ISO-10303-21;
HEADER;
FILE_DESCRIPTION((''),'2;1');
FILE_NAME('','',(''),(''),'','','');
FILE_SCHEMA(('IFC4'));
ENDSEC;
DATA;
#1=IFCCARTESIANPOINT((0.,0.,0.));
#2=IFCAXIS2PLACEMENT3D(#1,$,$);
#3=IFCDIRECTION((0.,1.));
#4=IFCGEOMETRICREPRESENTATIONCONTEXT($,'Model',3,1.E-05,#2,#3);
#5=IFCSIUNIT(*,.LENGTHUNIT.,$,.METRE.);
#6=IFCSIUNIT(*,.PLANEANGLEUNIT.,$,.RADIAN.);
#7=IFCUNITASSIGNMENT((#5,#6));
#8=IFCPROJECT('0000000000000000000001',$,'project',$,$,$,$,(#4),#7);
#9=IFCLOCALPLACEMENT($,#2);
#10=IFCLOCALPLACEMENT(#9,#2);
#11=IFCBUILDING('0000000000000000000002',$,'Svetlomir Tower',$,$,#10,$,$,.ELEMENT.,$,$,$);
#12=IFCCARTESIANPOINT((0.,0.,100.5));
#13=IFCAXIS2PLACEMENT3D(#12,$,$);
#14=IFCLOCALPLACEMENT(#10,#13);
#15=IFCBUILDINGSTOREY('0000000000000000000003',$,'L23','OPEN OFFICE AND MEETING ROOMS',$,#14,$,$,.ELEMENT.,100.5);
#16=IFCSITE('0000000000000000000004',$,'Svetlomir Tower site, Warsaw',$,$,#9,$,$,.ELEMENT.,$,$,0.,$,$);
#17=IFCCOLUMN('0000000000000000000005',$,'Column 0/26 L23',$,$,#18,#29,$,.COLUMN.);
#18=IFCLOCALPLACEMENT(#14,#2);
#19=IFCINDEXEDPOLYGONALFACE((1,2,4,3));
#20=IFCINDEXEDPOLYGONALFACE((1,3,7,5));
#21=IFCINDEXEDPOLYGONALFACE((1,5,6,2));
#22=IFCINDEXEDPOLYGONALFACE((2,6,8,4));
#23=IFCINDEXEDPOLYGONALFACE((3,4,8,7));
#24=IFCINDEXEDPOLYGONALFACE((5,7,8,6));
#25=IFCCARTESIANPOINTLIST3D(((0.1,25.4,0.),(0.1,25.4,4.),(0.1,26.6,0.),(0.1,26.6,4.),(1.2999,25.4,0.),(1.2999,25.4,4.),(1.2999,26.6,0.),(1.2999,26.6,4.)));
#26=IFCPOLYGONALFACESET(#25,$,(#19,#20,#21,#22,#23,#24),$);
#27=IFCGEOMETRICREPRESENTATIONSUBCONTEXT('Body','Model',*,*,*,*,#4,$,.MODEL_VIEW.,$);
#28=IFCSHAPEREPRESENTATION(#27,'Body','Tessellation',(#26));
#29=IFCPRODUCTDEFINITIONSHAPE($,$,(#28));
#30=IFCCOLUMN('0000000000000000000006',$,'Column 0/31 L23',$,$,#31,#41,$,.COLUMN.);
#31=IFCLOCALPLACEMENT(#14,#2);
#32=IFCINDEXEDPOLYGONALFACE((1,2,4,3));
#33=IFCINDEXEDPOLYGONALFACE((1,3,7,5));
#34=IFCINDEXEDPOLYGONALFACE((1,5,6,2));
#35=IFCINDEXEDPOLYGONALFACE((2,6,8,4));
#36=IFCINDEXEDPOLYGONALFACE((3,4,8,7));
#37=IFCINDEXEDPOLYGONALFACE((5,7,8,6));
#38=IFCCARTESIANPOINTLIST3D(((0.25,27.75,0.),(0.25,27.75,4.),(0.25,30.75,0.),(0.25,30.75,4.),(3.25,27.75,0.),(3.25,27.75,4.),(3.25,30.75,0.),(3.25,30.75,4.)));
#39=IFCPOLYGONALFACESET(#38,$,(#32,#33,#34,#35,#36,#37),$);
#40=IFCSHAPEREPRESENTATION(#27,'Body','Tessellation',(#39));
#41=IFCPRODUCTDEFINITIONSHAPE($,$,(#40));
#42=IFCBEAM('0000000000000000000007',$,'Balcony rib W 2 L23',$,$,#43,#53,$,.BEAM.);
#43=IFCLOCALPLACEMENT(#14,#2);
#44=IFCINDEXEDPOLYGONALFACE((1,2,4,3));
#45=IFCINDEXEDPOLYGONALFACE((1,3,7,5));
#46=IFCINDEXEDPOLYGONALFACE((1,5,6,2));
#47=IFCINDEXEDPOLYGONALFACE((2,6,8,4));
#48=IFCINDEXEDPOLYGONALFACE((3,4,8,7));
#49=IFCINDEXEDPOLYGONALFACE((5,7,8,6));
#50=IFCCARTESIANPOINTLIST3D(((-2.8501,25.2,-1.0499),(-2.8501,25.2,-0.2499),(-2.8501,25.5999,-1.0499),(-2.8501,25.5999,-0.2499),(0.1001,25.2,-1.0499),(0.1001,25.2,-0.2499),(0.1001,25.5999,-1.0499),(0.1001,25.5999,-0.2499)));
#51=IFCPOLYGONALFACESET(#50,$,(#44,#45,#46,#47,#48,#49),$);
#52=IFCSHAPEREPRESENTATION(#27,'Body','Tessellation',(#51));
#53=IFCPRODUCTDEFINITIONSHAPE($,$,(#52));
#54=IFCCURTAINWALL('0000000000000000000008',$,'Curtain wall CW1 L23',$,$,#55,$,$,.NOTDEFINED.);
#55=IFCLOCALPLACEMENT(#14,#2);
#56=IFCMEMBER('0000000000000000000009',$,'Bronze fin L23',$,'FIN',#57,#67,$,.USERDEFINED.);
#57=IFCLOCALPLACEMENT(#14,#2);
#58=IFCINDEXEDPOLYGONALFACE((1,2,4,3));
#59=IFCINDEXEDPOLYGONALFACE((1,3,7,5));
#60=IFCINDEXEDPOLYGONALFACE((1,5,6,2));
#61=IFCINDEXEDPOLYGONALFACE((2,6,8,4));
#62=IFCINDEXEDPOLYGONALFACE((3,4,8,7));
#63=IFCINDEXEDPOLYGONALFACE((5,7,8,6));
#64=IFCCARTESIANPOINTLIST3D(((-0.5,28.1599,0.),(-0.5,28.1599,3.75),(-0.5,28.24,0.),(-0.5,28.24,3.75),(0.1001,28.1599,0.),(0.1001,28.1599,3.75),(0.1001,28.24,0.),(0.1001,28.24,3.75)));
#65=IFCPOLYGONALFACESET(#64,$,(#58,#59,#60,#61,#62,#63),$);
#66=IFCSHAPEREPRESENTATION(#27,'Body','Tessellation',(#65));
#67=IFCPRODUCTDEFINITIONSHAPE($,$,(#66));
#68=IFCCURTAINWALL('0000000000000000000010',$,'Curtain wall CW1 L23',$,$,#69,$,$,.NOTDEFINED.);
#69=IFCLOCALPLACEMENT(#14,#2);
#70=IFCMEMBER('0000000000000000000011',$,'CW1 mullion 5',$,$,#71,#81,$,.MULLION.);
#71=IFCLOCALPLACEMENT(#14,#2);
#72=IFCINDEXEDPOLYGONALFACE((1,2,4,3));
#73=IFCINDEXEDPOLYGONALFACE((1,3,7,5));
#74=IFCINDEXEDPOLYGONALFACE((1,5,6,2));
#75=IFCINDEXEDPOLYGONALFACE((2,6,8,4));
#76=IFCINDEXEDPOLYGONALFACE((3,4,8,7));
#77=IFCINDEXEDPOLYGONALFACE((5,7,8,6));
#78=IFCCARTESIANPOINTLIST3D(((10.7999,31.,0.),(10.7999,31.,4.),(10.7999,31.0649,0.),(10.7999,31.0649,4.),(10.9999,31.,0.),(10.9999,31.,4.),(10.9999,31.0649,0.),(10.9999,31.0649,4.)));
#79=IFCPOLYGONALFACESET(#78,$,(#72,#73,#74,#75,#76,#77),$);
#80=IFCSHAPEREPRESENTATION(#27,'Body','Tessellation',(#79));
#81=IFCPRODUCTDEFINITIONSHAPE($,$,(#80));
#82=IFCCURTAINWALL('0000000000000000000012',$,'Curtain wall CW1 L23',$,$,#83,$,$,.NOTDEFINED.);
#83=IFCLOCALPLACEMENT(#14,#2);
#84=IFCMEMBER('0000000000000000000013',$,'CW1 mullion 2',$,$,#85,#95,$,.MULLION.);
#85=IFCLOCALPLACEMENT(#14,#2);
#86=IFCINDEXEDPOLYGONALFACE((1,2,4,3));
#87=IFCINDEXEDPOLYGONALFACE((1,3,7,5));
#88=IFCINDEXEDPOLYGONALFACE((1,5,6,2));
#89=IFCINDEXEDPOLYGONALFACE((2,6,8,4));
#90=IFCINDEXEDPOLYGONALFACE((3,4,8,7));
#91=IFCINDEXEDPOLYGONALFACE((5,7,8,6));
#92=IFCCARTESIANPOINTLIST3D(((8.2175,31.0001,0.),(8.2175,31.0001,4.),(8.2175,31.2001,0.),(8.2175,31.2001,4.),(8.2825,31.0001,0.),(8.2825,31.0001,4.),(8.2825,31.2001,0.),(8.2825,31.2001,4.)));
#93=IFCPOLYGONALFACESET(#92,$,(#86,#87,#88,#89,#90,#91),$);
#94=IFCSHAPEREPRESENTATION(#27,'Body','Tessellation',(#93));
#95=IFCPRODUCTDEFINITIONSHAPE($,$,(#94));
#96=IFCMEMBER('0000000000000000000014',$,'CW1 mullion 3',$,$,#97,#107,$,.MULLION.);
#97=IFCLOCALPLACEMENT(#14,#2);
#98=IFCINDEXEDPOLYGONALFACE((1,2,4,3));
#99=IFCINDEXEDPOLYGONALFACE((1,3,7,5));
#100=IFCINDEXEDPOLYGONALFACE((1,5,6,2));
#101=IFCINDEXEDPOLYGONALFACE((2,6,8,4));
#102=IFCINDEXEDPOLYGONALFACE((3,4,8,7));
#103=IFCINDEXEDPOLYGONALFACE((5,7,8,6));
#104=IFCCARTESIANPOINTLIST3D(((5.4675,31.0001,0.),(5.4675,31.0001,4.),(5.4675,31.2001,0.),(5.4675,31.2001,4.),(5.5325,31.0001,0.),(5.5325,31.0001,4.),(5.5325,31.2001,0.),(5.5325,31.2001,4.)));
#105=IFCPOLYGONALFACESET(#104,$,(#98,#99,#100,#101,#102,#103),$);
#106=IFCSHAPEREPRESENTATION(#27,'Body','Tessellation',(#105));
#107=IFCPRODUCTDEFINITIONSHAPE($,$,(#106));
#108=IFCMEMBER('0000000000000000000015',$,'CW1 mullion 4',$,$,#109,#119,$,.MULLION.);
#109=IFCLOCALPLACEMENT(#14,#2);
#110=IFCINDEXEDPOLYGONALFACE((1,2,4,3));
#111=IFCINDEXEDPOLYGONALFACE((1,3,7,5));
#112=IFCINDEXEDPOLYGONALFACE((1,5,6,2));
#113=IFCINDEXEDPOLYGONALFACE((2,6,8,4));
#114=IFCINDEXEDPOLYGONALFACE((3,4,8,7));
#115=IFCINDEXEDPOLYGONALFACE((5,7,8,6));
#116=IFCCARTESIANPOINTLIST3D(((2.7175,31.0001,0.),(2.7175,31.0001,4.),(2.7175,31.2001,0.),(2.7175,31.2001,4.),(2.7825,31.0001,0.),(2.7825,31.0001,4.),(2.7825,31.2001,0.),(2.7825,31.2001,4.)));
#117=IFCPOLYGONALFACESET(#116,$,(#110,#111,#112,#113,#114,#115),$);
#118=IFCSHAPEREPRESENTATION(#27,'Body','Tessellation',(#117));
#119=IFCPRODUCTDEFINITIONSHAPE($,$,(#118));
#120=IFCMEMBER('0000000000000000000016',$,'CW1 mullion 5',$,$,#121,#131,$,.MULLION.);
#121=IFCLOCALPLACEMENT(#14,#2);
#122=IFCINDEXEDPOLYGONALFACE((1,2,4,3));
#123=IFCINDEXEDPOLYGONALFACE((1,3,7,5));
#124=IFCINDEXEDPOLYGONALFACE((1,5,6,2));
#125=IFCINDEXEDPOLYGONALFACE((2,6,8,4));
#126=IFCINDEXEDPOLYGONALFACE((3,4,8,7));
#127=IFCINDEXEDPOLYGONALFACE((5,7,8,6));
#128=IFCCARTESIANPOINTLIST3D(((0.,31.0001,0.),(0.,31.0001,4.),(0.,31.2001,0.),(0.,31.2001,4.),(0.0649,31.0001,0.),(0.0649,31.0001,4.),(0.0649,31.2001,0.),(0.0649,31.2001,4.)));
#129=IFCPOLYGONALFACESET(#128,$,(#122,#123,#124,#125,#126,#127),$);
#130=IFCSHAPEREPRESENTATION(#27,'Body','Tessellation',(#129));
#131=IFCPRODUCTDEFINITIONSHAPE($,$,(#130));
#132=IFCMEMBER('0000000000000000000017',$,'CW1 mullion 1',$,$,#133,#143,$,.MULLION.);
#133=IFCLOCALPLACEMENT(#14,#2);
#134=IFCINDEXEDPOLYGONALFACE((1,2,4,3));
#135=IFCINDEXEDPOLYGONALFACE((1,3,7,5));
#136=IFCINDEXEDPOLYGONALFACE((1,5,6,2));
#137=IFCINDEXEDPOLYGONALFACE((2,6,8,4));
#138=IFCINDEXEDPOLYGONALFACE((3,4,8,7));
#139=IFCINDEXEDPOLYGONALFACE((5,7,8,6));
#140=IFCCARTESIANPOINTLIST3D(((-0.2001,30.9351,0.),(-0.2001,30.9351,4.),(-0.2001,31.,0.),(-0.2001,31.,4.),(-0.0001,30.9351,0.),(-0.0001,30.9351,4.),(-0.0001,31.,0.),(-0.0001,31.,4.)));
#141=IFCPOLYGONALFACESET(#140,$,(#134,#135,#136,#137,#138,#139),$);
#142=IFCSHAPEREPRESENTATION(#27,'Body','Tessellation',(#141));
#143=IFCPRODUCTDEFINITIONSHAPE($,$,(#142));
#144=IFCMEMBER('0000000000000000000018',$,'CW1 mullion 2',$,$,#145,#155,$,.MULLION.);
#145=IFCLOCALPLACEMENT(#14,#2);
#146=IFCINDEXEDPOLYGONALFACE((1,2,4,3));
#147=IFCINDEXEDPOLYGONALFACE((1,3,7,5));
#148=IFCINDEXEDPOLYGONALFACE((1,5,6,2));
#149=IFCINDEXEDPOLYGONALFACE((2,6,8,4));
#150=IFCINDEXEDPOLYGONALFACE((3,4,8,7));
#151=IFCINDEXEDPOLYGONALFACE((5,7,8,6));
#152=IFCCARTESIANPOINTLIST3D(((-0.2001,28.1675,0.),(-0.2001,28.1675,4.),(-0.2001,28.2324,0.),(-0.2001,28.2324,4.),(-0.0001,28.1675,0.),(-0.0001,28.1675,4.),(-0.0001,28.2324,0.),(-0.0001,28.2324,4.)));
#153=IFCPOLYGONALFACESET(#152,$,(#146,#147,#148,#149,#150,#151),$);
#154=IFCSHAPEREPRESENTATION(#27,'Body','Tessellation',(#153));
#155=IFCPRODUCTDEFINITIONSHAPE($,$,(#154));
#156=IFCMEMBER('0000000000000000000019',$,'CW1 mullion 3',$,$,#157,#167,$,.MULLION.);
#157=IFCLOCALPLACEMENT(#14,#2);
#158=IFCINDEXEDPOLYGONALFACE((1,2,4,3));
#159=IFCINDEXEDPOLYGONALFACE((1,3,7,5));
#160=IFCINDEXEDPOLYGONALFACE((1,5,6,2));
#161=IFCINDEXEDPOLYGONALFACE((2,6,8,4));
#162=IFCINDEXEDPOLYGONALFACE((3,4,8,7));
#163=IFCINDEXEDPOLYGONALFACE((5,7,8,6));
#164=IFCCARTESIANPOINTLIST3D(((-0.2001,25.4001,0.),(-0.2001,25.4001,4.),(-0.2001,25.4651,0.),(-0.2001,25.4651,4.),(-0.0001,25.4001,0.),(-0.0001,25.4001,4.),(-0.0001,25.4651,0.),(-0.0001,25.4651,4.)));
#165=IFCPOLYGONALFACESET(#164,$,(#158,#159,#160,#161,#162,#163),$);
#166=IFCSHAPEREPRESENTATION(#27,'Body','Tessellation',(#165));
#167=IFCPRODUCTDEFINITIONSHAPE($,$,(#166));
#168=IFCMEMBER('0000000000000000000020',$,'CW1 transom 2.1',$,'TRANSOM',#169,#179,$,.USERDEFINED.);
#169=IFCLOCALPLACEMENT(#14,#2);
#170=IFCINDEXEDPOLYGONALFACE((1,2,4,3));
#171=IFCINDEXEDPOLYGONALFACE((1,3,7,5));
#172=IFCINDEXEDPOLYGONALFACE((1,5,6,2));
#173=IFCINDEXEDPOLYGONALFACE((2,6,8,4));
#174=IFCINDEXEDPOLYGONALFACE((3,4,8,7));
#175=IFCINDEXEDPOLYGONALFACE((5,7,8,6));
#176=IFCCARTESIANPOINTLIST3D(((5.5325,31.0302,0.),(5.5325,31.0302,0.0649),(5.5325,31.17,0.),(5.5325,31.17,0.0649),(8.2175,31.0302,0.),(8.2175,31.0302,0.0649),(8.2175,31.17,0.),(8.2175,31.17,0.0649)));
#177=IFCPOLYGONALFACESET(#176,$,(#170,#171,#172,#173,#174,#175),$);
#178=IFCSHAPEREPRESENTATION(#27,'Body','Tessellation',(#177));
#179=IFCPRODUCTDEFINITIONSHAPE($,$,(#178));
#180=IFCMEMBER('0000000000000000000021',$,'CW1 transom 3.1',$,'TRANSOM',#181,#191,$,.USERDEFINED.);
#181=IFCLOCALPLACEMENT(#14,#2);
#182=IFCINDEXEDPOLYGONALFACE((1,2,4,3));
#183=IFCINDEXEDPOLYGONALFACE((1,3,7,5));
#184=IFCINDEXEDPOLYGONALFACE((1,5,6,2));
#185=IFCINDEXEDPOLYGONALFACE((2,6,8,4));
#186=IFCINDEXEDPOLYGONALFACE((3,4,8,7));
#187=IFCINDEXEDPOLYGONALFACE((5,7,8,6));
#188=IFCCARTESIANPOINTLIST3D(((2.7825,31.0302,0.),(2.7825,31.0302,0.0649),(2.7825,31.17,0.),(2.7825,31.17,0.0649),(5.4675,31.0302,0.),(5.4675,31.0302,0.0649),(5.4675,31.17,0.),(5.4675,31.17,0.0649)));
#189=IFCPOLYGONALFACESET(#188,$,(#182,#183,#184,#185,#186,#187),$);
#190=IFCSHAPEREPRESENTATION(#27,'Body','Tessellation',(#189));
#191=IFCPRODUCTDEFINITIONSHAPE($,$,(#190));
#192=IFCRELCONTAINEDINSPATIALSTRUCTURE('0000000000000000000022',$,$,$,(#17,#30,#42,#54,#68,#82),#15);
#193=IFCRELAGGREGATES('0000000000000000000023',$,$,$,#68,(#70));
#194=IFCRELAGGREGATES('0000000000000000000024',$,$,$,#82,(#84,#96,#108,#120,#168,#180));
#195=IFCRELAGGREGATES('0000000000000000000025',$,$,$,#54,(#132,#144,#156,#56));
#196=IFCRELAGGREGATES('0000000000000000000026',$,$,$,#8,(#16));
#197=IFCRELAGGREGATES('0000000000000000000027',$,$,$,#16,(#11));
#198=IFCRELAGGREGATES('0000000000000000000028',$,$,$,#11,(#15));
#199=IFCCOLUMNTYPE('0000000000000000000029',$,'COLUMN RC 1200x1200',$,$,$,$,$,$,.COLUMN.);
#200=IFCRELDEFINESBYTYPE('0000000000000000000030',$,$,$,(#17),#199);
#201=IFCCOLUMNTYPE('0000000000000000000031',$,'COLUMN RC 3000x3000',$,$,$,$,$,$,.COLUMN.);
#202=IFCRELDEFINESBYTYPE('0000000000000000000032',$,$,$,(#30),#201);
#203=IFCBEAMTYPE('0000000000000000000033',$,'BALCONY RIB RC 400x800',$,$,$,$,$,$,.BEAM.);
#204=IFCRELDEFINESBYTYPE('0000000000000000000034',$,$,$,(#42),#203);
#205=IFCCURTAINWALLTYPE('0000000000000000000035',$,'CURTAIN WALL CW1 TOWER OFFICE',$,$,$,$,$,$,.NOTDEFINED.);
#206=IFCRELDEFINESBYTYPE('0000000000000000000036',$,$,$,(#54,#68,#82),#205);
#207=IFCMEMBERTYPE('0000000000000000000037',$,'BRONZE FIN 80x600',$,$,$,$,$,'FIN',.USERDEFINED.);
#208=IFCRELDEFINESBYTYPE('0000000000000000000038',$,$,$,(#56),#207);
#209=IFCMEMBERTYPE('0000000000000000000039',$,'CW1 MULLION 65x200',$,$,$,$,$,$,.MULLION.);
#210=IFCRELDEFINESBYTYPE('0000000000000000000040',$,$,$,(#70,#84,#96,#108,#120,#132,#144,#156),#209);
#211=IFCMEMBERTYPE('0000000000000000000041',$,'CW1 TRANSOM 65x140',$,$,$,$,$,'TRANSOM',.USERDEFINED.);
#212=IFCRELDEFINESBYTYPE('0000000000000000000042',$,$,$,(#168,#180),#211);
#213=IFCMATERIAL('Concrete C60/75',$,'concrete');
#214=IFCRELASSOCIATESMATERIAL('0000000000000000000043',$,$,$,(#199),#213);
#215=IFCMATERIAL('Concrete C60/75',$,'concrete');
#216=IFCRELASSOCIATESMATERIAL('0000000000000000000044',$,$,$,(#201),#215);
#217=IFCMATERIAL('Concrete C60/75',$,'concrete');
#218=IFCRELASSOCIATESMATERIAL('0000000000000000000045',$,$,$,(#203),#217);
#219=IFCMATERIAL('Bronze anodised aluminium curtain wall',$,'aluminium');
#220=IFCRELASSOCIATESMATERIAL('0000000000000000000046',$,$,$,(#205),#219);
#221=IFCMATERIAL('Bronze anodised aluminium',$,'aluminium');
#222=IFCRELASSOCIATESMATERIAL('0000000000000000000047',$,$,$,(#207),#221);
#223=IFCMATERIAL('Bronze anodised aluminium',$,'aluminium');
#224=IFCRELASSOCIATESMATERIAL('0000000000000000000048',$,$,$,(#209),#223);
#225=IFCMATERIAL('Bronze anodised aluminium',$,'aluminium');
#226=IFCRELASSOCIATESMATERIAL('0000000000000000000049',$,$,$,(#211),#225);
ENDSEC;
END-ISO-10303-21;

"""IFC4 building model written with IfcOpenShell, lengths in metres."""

from ifc_helpers import new_model, si_unit, direction, frame, origin, origin_2d, place, context, subcontext, project, spatial, rectangle, extrude, material, material_profile, profile_set, type_object, element, aggregate, save


model = new_model("IFC4")

# Units and contexts
model_context = context("Model", 3, precision=1e-05, world=origin(), true_north=direction((0.0, 1.0)))
body_context = subcontext(model_context, "Body", "Model", "MODEL_VIEW")
ifc_project = project(units=[si_unit("LENGTHUNIT", "METRE"), si_unit("PLANEANGLEUNIT", "RADIAN")], contexts=[model_context])

# Site, building, storey
site_placement = place(None, origin())
site = spatial("IfcSite", under=ifc_project, at=site_placement, Name="Svetlomir Tower site, Warsaw", CompositionType="ELEMENT", RefElevation=0.0)
building_placement = place(site_placement, origin())
building = spatial("IfcBuilding", under=site, at=building_placement, Name="Svetlomir Tower", CompositionType="ELEMENT")
storey_placement = place(building_placement, frame((0.0, 0.0, 100.5)))
storey = spatial("IfcBuildingStorey", under=building, at=storey_placement, Name="L23", Description="OPEN OFFICE AND MEETING ROOMS", CompositionType="ELEMENT", Elevation=100.5)

# Columns
ifc_material_1 = material(Name="Concrete C60/75", Category="concrete")
ifc_material_profile_1 = material_profile(ifc_material_1, rectangle(XDim=1.2, YDim=1.2, at=origin_2d()), Name="RC 1200x1200")
ifc_profile_set_1 = profile_set([ifc_material_profile_1], Name="Concrete C60/75")
column_type_1 = type_object("IfcColumnType", Name="COLUMN RC 1200x1200", PredefinedType="COLUMN", material=ifc_profile_set_1)
column_1_placement = place(storey_placement, frame((0.7, 26.0, 0.0), z_axis=(0.0, 0.0, 1.0), x_axis=(1.0, 0.0, 0.0)))
element("IfcColumn", 1, at=column_1_placement, inside=storey, type_object=column_type_1, Name="Column 0/26 L23", PredefinedType="COLUMN", context=body_context, shape_type="SweptSolid", body=[
    extrude(rectangle(XDim=1.2, YDim=1.2, at=origin_2d()), origin(), (0.0, 0.0, 1.0), 4.0),
])
ifc_material_2 = material(Name="Concrete C60/75", Category="concrete")
ifc_material_profile_2 = material_profile(ifc_material_2, rectangle(XDim=3.0, YDim=3.0, at=origin_2d()), Name="RC 3000x3000")
ifc_profile_set_2 = profile_set([ifc_material_profile_2], Name="Concrete C60/75")
column_type_2 = type_object("IfcColumnType", Name="COLUMN RC 3000x3000", PredefinedType="COLUMN", material=ifc_profile_set_2)
column_2_placement = place(storey_placement, frame((1.75, 29.25, 0.0), z_axis=(0.0, 0.0, 1.0), x_axis=(1.0, 0.0, 0.0)))
element("IfcColumn", 2, at=column_2_placement, inside=storey, type_object=column_type_2, Name="Column 0/31 L23", PredefinedType="COLUMN", context=body_context, shape_type="SweptSolid", body=[
    extrude(rectangle(XDim=3.0, YDim=3.0, at=origin_2d()), origin(), (0.0, 0.0, 1.0), 4.0),
])

# Beam
ifc_material_3 = material(Name="Concrete C60/75", Category="concrete")
ifc_material_profile_3 = material_profile(ifc_material_3, rectangle(XDim=0.3999, YDim=0.8, at=origin_2d()), Name="RC 400x800")
ifc_profile_set_3 = profile_set([ifc_material_profile_3], Name="Concrete C60/75")
beam_type_1 = type_object("IfcBeamType", Name="BALCONY RIB RC 400x800", PredefinedType="BEAM", material=ifc_profile_set_3)
beam_1_placement = place(storey_placement, frame((0.1001, 25.3999, -0.6499), z_axis=(-1.0, 0.0, 0.0), x_axis=(0.0, -1.0, 0.0)))
element("IfcBeam", 3, at=beam_1_placement, inside=storey, type_object=beam_type_1, Name="Balcony rib W 2 L23", PredefinedType="BEAM", context=body_context, shape_type="SweptSolid", body=[
    extrude(rectangle(XDim=0.3999, YDim=0.8, at=origin_2d()), origin(), (0.0, 0.0, 1.0), 2.9502),
])

# Curtain walls, members
ifc_material_4 = material(Name="Bronze anodised aluminium curtain wall", Category="aluminium")
curtain_wall_type = type_object("IfcCurtainWallType", Name="CURTAIN WALL CW1 TOWER OFFICE", PredefinedType="NOTDEFINED", material=ifc_material_4)
curtain_wall_1_placement = place(storey_placement, origin())
curtain_wall_1 = element("IfcCurtainWall", 4, at=curtain_wall_1_placement, inside=storey, type_object=curtain_wall_type, Name="Curtain wall CW1 L23", PredefinedType="NOTDEFINED")
ifc_material_5 = material(Name="Bronze anodised aluminium", Category="aluminium")
ifc_material_profile_4 = material_profile(ifc_material_5, rectangle(XDim=0.0801, YDim=0.6001, at=origin_2d()), Name="FIN 80x600")
ifc_profile_set_4 = profile_set([ifc_material_profile_4], Name="Bronze anodised aluminium 6063-T6")
member_type_1 = type_object("IfcMemberType", Name="BRONZE FIN 80x600", ElementType="FIN", PredefinedType="USERDEFINED", material=ifc_profile_set_4)
member_1_placement = place(storey_placement, frame((-0.2, 28.2, 0.0), z_axis=(0.0, 0.0, 1.0), x_axis=(0.0, 1.0, 0.0)))
member_1 = element("IfcMember", 5, at=member_1_placement, type_object=member_type_1, Name="Bronze fin L23", ObjectType="FIN", PredefinedType="USERDEFINED", context=body_context, shape_type="SweptSolid", body=[
    extrude(rectangle(XDim=0.0801, YDim=0.6001, at=origin_2d()), origin(), (0.0, 0.0, 1.0), 3.75),
])
curtain_wall_2_placement = place(storey_placement, origin())
curtain_wall_2 = element("IfcCurtainWall", 6, at=curtain_wall_2_placement, inside=storey, type_object=curtain_wall_type, Name="Curtain wall CW1 L23", PredefinedType="NOTDEFINED")
ifc_material_6 = material(Name="Bronze anodised aluminium", Category="aluminium")
ifc_material_profile_5 = material_profile(ifc_material_6, rectangle(XDim=0.0649, YDim=0.2, at=origin_2d()), Name="AL 65x200")
ifc_profile_set_5 = profile_set([ifc_material_profile_5], Name="Bronze anodised aluminium 6063-T6")
member_type_2 = type_object("IfcMemberType", Name="CW1 MULLION 65x200", PredefinedType="MULLION", material=ifc_profile_set_5)
member_2_placement = place(storey_placement, frame((10.8999, 31.0325, 0.0), z_axis=(0.0, 0.0, 1.0), x_axis=(0.0, -1.0, 0.0)))
member_2 = element("IfcMember", 7, at=member_2_placement, type_object=member_type_2, Name="CW1 mullion 5", PredefinedType="MULLION", context=body_context, shape_type="SweptSolid", body=[
    extrude(rectangle(XDim=0.0649, YDim=0.2, at=origin_2d()), origin(), (0.0, 0.0, 1.0), 4.0),
])
aggregate(curtain_wall_2, [member_2])

# Curtain wall, members
curtain_wall_3_placement = place(storey_placement, origin())
curtain_wall_3 = element("IfcCurtainWall", 8, at=curtain_wall_3_placement, inside=storey, type_object=curtain_wall_type, Name="Curtain wall CW1 L23", PredefinedType="NOTDEFINED")
member_3_placement = place(storey_placement, frame((8.25, 31.1001, 0.0), z_axis=(0.0, 0.0, 1.0), x_axis=(-1.0, 0.0, 0.0)))
member_3 = element("IfcMember", 9, at=member_3_placement, type_object=member_type_2, Name="CW1 mullion 2", PredefinedType="MULLION", context=body_context, shape_type="SweptSolid", body=[
    extrude(rectangle(XDim=0.0649, YDim=0.2, at=origin_2d()), origin(), (0.0, 0.0, 1.0), 4.0),
])
member_4_placement = place(storey_placement, frame((5.5, 31.1001, 0.0), z_axis=(0.0, 0.0, 1.0), x_axis=(-1.0, 0.0, 0.0)))
member_4 = element("IfcMember", 10, at=member_4_placement, type_object=member_type_2, Name="CW1 mullion 3", PredefinedType="MULLION", context=body_context, shape_type="SweptSolid", body=[
    extrude(rectangle(XDim=0.0649, YDim=0.2, at=origin_2d()), origin(), (0.0, 0.0, 1.0), 4.0),
])
member_5_placement = place(storey_placement, frame((2.75, 31.1001, 0.0), z_axis=(0.0, 0.0, 1.0), x_axis=(-1.0, 0.0, 0.0)))
member_5 = element("IfcMember", 11, at=member_5_placement, type_object=member_type_2, Name="CW1 mullion 4", PredefinedType="MULLION", context=body_context, shape_type="SweptSolid", body=[
    extrude(rectangle(XDim=0.0649, YDim=0.2, at=origin_2d()), origin(), (0.0, 0.0, 1.0), 4.0),
])
member_6_placement = place(storey_placement, frame((0.0325, 31.1001, 0.0), z_axis=(0.0, 0.0, 1.0), x_axis=(-1.0, 0.0, 0.0)))
member_6 = element("IfcMember", 12, at=member_6_placement, type_object=member_type_2, Name="CW1 mullion 5", PredefinedType="MULLION", context=body_context, shape_type="SweptSolid", body=[
    extrude(rectangle(XDim=0.0649, YDim=0.2, at=origin_2d()), origin(), (0.0, 0.0, 1.0), 4.0),
])

# Members
member_7_placement = place(storey_placement, frame((-0.1001, 30.9675, 0.0), z_axis=(0.0, 0.0, 1.0), x_axis=(0.0, -1.0, 0.0)))
member_7 = element("IfcMember", 13, at=member_7_placement, type_object=member_type_2, Name="CW1 mullion 1", PredefinedType="MULLION", context=body_context, shape_type="SweptSolid", body=[
    extrude(rectangle(XDim=0.0649, YDim=0.2, at=origin_2d()), origin(), (0.0, 0.0, 1.0), 4.0),
])
member_8_placement = place(storey_placement, frame((-0.1001, 28.2, 0.0), z_axis=(0.0, 0.0, 1.0), x_axis=(0.0, -1.0, 0.0)))
member_8 = element("IfcMember", 14, at=member_8_placement, type_object=member_type_2, Name="CW1 mullion 2", PredefinedType="MULLION", context=body_context, shape_type="SweptSolid", body=[
    extrude(rectangle(XDim=0.0649, YDim=0.2, at=origin_2d()), origin(), (0.0, 0.0, 1.0), 4.0),
])
member_9_placement = place(storey_placement, frame((-0.1001, 25.4326, 0.0), z_axis=(0.0, 0.0, 1.0), x_axis=(0.0, -1.0, 0.0)))
member_9 = element("IfcMember", 15, at=member_9_placement, type_object=member_type_2, Name="CW1 mullion 3", PredefinedType="MULLION", context=body_context, shape_type="SweptSolid", body=[
    extrude(rectangle(XDim=0.0649, YDim=0.2, at=origin_2d()), origin(), (0.0, 0.0, 1.0), 4.0),
])
ifc_material_7 = material(Name="Bronze anodised aluminium", Category="aluminium")
ifc_material_profile_6 = material_profile(ifc_material_7, rectangle(XDim=0.1399, YDim=0.0649, at=origin_2d()), Name="AL 140x65")
ifc_profile_set_6 = profile_set([ifc_material_profile_6], Name="Bronze anodised aluminium 6063-T6")
member_type_3 = type_object("IfcMemberType", Name="CW1 TRANSOM 65x140", ElementType="TRANSOM", PredefinedType="USERDEFINED", material=ifc_profile_set_6)
member_10_placement = place(storey_placement, frame((8.2175, 31.1001, 0.0325), z_axis=(-1.0, 0.0, 0.0), x_axis=(0.0, -1.0, 0.0)))
member_10 = element("IfcMember", 16, at=member_10_placement, type_object=member_type_3, Name="CW1 transom 2.1", ObjectType="TRANSOM", PredefinedType="USERDEFINED", context=body_context, shape_type="SweptSolid", body=[
    extrude(rectangle(XDim=0.1399, YDim=0.0649, at=origin_2d()), origin(), (0.0, 0.0, 1.0), 2.6851),
])
member_11_placement = place(storey_placement, frame((5.4675, 31.1001, 0.0325), z_axis=(-1.0, 0.0, 0.0), x_axis=(0.0, -1.0, 0.0)))
member_11 = element("IfcMember", 17, at=member_11_placement, type_object=member_type_3, Name="CW1 transom 3.1", ObjectType="TRANSOM", PredefinedType="USERDEFINED", context=body_context, shape_type="SweptSolid", body=[
    extrude(rectangle(XDim=0.1399, YDim=0.0649, at=origin_2d()), origin(), (0.0, 0.0, 1.0), 2.6851),
])

aggregate(curtain_wall_3, [member_3, member_4, member_5, member_6, member_10, member_11])
aggregate(curtain_wall_1, [member_7, member_8, member_9, member_1])

save(model, "model.ifc")
